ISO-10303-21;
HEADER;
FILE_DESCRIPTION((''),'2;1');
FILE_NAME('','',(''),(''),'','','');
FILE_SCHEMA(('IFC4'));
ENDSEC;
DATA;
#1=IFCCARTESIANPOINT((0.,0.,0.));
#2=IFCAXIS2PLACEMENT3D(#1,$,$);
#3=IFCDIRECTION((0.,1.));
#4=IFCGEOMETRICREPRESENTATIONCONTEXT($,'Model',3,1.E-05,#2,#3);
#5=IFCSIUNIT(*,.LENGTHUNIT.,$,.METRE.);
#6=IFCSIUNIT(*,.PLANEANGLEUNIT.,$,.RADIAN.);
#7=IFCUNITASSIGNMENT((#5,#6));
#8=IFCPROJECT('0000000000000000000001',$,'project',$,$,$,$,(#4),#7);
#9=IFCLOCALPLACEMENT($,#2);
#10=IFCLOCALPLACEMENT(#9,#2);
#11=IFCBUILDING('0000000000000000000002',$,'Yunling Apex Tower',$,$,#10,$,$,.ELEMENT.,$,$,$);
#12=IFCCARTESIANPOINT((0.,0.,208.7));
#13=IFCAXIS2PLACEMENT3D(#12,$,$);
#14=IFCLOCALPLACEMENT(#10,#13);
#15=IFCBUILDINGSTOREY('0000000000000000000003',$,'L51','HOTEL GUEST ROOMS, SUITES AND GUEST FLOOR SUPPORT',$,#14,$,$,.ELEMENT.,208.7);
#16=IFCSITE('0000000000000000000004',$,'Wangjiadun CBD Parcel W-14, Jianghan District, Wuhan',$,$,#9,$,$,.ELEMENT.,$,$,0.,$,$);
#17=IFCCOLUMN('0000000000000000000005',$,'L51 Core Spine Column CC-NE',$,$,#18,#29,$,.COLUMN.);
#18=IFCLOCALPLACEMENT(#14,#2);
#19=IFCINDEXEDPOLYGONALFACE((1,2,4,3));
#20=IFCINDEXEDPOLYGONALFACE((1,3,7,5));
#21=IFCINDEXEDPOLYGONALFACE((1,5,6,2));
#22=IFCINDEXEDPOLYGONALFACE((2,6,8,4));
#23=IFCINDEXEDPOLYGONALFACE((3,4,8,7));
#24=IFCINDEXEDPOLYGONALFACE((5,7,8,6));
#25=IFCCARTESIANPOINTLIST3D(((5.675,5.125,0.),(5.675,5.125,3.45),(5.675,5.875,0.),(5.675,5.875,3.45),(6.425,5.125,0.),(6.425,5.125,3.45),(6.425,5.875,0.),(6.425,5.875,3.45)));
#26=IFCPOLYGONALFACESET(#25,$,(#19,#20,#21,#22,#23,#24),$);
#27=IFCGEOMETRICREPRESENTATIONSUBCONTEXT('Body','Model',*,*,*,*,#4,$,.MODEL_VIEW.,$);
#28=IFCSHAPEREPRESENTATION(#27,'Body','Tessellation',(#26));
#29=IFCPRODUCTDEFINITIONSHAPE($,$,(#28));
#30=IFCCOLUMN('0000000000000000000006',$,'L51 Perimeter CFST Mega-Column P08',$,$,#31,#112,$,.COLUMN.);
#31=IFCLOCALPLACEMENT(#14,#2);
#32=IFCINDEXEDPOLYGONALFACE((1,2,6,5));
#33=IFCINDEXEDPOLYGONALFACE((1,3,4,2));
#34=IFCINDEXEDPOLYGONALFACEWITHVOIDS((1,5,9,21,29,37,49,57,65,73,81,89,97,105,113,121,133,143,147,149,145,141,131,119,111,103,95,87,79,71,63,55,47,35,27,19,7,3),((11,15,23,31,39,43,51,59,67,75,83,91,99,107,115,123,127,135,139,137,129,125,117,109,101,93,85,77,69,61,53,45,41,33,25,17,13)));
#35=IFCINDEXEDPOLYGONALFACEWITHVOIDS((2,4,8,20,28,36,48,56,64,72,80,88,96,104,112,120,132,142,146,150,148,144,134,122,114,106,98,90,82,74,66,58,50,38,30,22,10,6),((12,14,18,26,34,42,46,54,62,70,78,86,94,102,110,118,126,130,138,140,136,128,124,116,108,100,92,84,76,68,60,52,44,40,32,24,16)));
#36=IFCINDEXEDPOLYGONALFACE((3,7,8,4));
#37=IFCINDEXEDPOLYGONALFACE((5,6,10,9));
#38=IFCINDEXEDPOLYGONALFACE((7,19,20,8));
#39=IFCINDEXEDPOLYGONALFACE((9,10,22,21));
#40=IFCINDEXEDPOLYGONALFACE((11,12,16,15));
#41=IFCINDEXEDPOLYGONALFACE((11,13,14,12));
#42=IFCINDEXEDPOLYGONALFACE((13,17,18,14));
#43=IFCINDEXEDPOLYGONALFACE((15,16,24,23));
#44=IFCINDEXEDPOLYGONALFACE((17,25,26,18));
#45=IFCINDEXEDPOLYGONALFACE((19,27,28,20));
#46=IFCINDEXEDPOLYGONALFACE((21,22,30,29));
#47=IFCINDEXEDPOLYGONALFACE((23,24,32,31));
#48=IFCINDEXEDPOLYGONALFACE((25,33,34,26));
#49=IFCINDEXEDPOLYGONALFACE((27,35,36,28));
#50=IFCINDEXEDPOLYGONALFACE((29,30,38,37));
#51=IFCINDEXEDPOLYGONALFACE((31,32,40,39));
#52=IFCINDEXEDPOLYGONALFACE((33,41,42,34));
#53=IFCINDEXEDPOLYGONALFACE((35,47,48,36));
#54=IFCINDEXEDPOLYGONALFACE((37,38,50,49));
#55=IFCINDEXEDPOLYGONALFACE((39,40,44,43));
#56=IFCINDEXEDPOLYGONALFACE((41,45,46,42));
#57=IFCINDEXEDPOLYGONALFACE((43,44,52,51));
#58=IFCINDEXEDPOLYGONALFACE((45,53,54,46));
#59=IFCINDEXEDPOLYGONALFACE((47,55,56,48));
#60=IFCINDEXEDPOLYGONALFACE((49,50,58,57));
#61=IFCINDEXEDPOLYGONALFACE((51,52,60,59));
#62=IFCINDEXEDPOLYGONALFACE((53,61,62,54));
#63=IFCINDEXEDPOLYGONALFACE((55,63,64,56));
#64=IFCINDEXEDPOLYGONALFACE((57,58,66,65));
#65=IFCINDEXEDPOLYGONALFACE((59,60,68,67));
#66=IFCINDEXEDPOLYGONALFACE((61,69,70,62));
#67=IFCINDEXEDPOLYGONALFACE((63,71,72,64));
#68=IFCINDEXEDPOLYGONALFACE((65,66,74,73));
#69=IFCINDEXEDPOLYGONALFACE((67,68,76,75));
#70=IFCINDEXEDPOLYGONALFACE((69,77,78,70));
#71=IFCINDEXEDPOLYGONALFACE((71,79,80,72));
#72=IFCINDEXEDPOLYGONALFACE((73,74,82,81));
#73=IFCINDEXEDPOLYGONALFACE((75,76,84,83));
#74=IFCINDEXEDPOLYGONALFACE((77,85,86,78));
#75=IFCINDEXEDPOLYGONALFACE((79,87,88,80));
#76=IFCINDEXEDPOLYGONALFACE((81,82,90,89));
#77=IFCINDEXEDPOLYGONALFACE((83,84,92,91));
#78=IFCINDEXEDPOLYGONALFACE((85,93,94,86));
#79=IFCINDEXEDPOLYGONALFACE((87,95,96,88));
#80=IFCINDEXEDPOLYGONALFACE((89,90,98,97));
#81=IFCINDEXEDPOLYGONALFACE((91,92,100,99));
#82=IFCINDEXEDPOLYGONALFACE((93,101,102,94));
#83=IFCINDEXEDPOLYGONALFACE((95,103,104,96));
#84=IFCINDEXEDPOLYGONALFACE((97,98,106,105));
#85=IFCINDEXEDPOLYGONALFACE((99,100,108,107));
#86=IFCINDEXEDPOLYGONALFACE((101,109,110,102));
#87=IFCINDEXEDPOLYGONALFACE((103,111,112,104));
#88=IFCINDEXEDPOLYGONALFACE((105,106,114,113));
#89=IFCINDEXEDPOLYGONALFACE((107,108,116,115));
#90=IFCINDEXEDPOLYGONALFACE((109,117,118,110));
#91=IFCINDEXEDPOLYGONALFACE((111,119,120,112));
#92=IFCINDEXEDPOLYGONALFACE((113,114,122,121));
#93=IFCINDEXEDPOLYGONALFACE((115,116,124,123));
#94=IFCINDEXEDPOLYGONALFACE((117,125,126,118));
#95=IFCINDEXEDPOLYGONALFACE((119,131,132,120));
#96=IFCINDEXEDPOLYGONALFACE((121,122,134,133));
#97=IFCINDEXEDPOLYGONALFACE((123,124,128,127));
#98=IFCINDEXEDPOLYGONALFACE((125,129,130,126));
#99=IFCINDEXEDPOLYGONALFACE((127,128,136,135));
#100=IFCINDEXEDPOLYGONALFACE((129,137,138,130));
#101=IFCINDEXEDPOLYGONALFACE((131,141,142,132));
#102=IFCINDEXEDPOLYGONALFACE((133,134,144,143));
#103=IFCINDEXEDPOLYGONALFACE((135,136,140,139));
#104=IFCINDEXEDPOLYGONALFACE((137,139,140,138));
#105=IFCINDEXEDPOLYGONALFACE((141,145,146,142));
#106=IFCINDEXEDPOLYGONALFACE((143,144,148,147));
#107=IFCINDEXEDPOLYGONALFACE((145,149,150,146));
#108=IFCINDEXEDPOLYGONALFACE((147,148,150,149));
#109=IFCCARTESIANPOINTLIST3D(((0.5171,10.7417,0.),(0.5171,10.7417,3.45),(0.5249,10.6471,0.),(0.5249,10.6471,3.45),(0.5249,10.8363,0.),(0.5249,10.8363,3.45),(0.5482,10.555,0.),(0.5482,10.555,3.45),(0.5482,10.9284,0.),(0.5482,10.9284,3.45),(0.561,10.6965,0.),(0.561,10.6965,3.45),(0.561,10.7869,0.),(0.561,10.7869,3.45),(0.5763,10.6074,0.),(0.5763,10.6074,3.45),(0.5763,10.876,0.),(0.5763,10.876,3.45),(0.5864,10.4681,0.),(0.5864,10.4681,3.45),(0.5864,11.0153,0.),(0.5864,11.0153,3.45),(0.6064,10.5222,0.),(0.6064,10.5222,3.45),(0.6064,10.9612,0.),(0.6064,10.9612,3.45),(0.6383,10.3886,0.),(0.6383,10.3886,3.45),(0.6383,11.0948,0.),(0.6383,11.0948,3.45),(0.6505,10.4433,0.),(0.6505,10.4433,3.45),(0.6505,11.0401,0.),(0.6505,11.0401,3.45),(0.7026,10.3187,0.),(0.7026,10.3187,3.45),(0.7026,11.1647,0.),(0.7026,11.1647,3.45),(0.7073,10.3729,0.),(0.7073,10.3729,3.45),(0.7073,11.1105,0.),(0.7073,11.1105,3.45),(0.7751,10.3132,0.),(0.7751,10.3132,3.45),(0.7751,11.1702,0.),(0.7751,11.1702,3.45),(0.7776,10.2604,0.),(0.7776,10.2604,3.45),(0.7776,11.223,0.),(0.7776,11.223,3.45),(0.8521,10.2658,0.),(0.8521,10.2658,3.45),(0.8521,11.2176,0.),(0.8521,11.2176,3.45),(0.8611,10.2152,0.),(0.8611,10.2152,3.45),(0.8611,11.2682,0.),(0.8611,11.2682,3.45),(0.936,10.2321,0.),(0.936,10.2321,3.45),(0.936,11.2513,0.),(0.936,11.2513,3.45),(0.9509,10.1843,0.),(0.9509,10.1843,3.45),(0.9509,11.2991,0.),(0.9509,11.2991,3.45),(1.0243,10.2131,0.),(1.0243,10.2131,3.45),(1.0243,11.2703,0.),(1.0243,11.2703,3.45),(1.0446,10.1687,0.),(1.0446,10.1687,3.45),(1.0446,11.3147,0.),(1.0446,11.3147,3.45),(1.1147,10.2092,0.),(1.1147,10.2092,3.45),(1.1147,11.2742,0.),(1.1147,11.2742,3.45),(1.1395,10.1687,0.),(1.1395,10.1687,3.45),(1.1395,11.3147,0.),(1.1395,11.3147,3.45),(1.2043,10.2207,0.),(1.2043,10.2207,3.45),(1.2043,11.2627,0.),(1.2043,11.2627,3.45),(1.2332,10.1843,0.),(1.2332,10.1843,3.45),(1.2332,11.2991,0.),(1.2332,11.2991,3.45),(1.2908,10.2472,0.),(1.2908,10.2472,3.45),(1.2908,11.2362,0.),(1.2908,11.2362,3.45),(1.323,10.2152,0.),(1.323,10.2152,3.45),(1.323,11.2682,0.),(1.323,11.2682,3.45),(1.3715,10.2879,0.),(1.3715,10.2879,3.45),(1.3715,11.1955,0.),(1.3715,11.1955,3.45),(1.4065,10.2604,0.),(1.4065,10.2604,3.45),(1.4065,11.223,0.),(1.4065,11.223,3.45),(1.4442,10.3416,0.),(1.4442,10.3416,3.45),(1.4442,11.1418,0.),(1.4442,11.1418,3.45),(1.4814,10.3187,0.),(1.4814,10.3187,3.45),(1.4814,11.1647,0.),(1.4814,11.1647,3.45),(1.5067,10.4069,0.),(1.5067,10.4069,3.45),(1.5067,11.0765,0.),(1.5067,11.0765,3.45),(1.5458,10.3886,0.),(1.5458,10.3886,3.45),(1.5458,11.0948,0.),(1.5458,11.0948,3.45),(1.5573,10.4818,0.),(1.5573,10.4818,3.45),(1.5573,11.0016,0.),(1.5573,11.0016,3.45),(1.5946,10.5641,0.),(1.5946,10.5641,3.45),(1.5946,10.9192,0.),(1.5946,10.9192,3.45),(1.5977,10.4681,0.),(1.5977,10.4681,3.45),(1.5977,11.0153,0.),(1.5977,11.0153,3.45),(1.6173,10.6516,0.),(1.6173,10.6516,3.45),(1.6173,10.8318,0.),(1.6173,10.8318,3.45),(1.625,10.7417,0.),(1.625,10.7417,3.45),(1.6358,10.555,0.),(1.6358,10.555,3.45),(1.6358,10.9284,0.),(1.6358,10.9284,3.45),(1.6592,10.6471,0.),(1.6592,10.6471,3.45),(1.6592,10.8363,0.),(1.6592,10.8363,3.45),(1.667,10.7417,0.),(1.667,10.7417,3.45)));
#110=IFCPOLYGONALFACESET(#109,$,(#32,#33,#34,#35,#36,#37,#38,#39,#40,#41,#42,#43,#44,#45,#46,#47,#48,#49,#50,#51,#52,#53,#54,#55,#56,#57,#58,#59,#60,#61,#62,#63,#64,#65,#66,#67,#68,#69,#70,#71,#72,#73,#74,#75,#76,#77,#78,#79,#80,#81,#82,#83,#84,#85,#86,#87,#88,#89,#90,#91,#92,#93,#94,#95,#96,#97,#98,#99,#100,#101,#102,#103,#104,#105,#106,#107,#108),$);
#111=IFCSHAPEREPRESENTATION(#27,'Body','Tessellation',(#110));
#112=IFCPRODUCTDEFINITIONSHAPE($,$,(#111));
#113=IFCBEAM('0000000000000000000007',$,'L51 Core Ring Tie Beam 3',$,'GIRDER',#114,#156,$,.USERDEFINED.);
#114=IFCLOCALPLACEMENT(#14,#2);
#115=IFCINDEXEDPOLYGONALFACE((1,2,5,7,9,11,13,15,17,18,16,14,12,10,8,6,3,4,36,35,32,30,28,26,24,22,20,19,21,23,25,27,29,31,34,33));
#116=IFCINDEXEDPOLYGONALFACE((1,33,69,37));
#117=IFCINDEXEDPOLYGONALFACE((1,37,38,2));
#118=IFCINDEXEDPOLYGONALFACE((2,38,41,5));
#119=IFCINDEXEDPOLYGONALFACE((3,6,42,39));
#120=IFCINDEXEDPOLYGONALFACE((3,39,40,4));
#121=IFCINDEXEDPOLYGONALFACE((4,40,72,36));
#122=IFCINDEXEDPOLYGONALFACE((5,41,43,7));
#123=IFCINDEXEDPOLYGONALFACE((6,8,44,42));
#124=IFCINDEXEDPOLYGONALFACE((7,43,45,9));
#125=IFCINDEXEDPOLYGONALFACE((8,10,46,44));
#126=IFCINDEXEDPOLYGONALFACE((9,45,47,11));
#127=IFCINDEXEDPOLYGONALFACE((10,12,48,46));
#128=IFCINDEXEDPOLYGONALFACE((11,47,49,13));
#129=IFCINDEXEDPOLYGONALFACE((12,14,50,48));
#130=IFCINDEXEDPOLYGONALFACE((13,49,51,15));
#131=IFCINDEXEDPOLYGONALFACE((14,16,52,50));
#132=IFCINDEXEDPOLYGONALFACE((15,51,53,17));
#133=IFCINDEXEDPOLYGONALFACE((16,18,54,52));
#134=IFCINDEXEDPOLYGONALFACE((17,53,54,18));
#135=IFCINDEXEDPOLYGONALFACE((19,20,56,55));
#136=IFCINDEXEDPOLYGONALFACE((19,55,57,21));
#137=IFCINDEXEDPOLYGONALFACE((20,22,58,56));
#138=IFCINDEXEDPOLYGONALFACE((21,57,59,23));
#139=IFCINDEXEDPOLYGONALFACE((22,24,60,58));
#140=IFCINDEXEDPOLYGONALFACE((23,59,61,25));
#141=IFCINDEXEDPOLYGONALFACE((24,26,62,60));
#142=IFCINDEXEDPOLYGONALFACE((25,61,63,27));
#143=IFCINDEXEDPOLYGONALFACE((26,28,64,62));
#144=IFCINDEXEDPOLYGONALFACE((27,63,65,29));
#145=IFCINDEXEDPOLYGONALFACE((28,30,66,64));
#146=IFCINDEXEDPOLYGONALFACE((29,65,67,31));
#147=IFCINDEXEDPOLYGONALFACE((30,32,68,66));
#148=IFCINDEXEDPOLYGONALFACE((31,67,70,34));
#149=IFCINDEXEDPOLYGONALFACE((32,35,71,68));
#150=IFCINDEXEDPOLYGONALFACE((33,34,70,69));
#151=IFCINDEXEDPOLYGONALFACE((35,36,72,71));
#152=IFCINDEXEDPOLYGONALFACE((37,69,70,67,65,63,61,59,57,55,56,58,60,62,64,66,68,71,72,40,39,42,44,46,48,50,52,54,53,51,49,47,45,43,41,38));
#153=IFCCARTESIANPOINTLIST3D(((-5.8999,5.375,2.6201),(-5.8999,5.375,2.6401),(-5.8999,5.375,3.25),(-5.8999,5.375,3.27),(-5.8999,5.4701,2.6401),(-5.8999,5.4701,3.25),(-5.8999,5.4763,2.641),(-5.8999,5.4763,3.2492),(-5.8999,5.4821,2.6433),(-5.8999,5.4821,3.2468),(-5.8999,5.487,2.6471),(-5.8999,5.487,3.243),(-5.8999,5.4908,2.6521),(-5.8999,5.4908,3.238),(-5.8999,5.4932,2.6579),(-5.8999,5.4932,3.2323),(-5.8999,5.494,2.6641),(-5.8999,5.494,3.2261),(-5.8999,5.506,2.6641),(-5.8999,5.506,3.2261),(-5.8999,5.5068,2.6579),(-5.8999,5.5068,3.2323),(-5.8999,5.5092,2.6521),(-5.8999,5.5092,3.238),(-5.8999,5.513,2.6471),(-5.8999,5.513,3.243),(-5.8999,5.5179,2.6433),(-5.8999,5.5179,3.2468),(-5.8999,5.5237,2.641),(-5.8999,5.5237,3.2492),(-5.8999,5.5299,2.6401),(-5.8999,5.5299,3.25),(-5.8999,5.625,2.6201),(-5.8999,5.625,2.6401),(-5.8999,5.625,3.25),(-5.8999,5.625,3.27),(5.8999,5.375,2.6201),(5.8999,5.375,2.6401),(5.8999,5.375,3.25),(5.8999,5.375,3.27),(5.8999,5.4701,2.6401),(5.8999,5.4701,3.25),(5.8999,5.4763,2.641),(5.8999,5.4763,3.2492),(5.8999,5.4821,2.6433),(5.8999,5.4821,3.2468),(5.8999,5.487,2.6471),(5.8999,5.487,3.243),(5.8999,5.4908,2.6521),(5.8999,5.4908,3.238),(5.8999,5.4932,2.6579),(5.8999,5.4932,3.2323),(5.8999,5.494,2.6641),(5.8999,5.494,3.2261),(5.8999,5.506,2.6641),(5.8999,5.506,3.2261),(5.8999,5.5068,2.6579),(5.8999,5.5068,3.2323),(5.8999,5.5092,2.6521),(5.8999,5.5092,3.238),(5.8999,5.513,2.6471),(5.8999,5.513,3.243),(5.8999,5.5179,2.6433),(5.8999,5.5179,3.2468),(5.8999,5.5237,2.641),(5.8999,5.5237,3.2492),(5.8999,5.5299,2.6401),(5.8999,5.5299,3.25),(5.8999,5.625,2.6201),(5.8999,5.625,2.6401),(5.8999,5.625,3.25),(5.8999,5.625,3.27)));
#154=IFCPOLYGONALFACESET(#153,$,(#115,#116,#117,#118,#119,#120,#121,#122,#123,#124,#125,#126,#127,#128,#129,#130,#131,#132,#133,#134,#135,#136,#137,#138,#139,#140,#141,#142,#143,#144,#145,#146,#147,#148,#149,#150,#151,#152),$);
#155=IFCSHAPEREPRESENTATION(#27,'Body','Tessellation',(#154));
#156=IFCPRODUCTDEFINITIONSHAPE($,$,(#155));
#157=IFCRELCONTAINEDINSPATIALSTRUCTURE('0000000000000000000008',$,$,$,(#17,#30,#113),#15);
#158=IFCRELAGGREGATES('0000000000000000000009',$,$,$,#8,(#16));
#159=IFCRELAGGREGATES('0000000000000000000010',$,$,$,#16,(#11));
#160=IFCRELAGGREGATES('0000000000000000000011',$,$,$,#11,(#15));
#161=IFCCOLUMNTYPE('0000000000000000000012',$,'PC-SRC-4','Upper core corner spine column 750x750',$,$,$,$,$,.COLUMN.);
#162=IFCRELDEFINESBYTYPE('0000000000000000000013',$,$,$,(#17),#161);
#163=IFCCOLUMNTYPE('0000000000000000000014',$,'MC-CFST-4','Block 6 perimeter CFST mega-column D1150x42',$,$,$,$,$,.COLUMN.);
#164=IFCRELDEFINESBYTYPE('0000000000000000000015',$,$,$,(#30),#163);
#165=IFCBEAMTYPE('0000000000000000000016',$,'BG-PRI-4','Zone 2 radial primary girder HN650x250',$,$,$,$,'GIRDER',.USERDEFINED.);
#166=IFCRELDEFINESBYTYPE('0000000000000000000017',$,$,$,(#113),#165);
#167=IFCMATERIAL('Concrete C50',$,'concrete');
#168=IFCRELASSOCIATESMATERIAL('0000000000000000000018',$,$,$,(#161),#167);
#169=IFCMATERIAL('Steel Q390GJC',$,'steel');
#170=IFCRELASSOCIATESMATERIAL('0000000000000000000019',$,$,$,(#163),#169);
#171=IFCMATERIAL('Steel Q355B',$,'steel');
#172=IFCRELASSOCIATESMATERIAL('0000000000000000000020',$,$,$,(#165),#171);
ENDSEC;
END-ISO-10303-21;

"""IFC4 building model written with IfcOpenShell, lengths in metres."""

from ifc_helpers import new_model, si_unit, direction, frame, origin, origin_2d, place, context, subcontext, project, spatial, rectangle, hollow_circle, i_section, extrude, source, transform, mapped, material, material_profile, profile_set, type_object, element, save


model = new_model("IFC4")

# Units and contexts
model_context = context("Model", 3, precision=1e-05, world=origin(), true_north=direction((0.0, 1.0)))
body_context = subcontext(model_context, "Body", "Model", "MODEL_VIEW")
ifc_project = project(units=[si_unit("LENGTHUNIT", "METRE"), si_unit("PLANEANGLEUNIT", "RADIAN")], contexts=[model_context])

# Site, building, storey
site_placement = place(None, origin())
site = spatial("IfcSite", under=ifc_project, at=site_placement, Name="Wangjiadun CBD Parcel W-14, Jianghan District, Wuhan", CompositionType="ELEMENT", RefElevation=0.0)
building_placement = place(site_placement, origin())
building = spatial("IfcBuilding", under=site, at=building_placement, Name="Yunling Apex Tower", CompositionType="ELEMENT")
storey_placement = place(building_placement, frame((0.0, 0.0, 208.7)))
storey = spatial("IfcBuildingStorey", under=building, at=storey_placement, Name="L51", Description="HOTEL GUEST ROOMS, SUITES AND GUEST FLOOR SUPPORT", CompositionType="ELEMENT", Elevation=208.7)

# Columns
ifc_material_1 = material(Name="Concrete C50", Category="concrete")
ifc_material_profile_1 = material_profile(ifc_material_1, rectangle(XDim=0.75, YDim=0.75, at=origin_2d()))
ifc_profile_set_1 = profile_set([ifc_material_profile_1], Name="Concrete C50")
column_type_1 = type_object("IfcColumnType", Name="PC-SRC-4", Description="Upper core corner spine column 750x750", PredefinedType="COLUMN", material=ifc_profile_set_1)
shared_shape_1 = source(origin(), body_context, "Body", "SweptSolid", [
    extrude(rectangle(XDim=0.75, YDim=0.75, at=origin_2d()), origin(), (0.0, 0.0, 1.0), 3.45),
])
column_1_placement = place(storey_placement, frame((6.05, 5.5, 0.0), z_axis=(0.0, 0.0, 1.0), x_axis=(1.0, 0.0, 0.0)))
element("IfcColumn", 1, at=column_1_placement, inside=storey, type_object=column_type_1, Name="L51 Core Spine Column CC-NE", PredefinedType="COLUMN", context=body_context, shape_type="MappedRepresentation", body=[
    mapped(shared_shape_1, transform((0.0, 0.0, 0.0), scale=1.0)),
])
ifc_material_2 = material(Name="Steel Q390GJC", Category="steel")
ifc_material_profile_2 = material_profile(ifc_material_2, hollow_circle(Radius=0.575, WallThickness=0.042, at=origin_2d()))
ifc_profile_set_2 = profile_set([ifc_material_profile_2], Name="Steel Q390GJC")
column_type_2 = type_object("IfcColumnType", Name="MC-CFST-4", Description="Block 6 perimeter CFST mega-column D1150x42", PredefinedType="COLUMN", material=ifc_profile_set_2)
shared_shape_2 = source(origin(), body_context, "Body", "SweptSolid", [
    extrude(hollow_circle(Radius=0.575, WallThickness=0.042, at=origin_2d()), origin(), (0.0, 0.0, 1.0), 3.45),
])
column_2_placement = place(storey_placement, frame((1.092, 10.7417, 0.0), z_axis=(0.0, 0.0, 1.0), x_axis=(1.0, 0.0, 0.0)))
element("IfcColumn", 2, at=column_2_placement, inside=storey, type_object=column_type_2, Name="L51 Perimeter CFST Mega-Column P08", PredefinedType="COLUMN", context=body_context, shape_type="MappedRepresentation", body=[
    mapped(shared_shape_2, transform((0.0, 0.0, 0.0), scale=1.0)),
])

# Beam
ifc_material_3 = material(Name="Steel Q355B", Category="steel")
ifc_material_profile_3 = material_profile(ifc_material_3, i_section(OverallWidth=0.25, OverallDepth=0.6499, WebThickness=0.012, FlangeThickness=0.02, FilletRadius=0.0239, at=origin_2d()))
ifc_profile_set_3 = profile_set([ifc_material_profile_3], Name="Steel Q355B")
beam_type_1 = type_object("IfcBeamType", Name="BG-PRI-4", Description="Zone 2 radial primary girder HN650x250", ElementType="GIRDER", PredefinedType="USERDEFINED", material=ifc_profile_set_3)
shared_shape_3 = source(origin(), body_context, "Body", "SweptSolid", [
    extrude(i_section(OverallWidth=0.25, OverallDepth=0.6499, WebThickness=0.012, FlangeThickness=0.02, FilletRadius=0.0239, at=origin_2d()), origin(), (0.0, 0.0, 1.0), 11.7998),
])
beam_1_placement = place(storey_placement, frame((5.8999, 5.5, 2.9451), z_axis=(-1.0, 0.0, 0.0), x_axis=(0.0, -1.0, 0.0)))
element("IfcBeam", 3, at=beam_1_placement, inside=storey, type_object=beam_type_1, Name="L51 Core Ring Tie Beam 3", ObjectType="GIRDER", PredefinedType="USERDEFINED", context=body_context, shape_type="MappedRepresentation", body=[
    mapped(shared_shape_3, transform((0.0, 0.0, 0.0), scale=1.0)),
])

save(model, "model.ifc")
